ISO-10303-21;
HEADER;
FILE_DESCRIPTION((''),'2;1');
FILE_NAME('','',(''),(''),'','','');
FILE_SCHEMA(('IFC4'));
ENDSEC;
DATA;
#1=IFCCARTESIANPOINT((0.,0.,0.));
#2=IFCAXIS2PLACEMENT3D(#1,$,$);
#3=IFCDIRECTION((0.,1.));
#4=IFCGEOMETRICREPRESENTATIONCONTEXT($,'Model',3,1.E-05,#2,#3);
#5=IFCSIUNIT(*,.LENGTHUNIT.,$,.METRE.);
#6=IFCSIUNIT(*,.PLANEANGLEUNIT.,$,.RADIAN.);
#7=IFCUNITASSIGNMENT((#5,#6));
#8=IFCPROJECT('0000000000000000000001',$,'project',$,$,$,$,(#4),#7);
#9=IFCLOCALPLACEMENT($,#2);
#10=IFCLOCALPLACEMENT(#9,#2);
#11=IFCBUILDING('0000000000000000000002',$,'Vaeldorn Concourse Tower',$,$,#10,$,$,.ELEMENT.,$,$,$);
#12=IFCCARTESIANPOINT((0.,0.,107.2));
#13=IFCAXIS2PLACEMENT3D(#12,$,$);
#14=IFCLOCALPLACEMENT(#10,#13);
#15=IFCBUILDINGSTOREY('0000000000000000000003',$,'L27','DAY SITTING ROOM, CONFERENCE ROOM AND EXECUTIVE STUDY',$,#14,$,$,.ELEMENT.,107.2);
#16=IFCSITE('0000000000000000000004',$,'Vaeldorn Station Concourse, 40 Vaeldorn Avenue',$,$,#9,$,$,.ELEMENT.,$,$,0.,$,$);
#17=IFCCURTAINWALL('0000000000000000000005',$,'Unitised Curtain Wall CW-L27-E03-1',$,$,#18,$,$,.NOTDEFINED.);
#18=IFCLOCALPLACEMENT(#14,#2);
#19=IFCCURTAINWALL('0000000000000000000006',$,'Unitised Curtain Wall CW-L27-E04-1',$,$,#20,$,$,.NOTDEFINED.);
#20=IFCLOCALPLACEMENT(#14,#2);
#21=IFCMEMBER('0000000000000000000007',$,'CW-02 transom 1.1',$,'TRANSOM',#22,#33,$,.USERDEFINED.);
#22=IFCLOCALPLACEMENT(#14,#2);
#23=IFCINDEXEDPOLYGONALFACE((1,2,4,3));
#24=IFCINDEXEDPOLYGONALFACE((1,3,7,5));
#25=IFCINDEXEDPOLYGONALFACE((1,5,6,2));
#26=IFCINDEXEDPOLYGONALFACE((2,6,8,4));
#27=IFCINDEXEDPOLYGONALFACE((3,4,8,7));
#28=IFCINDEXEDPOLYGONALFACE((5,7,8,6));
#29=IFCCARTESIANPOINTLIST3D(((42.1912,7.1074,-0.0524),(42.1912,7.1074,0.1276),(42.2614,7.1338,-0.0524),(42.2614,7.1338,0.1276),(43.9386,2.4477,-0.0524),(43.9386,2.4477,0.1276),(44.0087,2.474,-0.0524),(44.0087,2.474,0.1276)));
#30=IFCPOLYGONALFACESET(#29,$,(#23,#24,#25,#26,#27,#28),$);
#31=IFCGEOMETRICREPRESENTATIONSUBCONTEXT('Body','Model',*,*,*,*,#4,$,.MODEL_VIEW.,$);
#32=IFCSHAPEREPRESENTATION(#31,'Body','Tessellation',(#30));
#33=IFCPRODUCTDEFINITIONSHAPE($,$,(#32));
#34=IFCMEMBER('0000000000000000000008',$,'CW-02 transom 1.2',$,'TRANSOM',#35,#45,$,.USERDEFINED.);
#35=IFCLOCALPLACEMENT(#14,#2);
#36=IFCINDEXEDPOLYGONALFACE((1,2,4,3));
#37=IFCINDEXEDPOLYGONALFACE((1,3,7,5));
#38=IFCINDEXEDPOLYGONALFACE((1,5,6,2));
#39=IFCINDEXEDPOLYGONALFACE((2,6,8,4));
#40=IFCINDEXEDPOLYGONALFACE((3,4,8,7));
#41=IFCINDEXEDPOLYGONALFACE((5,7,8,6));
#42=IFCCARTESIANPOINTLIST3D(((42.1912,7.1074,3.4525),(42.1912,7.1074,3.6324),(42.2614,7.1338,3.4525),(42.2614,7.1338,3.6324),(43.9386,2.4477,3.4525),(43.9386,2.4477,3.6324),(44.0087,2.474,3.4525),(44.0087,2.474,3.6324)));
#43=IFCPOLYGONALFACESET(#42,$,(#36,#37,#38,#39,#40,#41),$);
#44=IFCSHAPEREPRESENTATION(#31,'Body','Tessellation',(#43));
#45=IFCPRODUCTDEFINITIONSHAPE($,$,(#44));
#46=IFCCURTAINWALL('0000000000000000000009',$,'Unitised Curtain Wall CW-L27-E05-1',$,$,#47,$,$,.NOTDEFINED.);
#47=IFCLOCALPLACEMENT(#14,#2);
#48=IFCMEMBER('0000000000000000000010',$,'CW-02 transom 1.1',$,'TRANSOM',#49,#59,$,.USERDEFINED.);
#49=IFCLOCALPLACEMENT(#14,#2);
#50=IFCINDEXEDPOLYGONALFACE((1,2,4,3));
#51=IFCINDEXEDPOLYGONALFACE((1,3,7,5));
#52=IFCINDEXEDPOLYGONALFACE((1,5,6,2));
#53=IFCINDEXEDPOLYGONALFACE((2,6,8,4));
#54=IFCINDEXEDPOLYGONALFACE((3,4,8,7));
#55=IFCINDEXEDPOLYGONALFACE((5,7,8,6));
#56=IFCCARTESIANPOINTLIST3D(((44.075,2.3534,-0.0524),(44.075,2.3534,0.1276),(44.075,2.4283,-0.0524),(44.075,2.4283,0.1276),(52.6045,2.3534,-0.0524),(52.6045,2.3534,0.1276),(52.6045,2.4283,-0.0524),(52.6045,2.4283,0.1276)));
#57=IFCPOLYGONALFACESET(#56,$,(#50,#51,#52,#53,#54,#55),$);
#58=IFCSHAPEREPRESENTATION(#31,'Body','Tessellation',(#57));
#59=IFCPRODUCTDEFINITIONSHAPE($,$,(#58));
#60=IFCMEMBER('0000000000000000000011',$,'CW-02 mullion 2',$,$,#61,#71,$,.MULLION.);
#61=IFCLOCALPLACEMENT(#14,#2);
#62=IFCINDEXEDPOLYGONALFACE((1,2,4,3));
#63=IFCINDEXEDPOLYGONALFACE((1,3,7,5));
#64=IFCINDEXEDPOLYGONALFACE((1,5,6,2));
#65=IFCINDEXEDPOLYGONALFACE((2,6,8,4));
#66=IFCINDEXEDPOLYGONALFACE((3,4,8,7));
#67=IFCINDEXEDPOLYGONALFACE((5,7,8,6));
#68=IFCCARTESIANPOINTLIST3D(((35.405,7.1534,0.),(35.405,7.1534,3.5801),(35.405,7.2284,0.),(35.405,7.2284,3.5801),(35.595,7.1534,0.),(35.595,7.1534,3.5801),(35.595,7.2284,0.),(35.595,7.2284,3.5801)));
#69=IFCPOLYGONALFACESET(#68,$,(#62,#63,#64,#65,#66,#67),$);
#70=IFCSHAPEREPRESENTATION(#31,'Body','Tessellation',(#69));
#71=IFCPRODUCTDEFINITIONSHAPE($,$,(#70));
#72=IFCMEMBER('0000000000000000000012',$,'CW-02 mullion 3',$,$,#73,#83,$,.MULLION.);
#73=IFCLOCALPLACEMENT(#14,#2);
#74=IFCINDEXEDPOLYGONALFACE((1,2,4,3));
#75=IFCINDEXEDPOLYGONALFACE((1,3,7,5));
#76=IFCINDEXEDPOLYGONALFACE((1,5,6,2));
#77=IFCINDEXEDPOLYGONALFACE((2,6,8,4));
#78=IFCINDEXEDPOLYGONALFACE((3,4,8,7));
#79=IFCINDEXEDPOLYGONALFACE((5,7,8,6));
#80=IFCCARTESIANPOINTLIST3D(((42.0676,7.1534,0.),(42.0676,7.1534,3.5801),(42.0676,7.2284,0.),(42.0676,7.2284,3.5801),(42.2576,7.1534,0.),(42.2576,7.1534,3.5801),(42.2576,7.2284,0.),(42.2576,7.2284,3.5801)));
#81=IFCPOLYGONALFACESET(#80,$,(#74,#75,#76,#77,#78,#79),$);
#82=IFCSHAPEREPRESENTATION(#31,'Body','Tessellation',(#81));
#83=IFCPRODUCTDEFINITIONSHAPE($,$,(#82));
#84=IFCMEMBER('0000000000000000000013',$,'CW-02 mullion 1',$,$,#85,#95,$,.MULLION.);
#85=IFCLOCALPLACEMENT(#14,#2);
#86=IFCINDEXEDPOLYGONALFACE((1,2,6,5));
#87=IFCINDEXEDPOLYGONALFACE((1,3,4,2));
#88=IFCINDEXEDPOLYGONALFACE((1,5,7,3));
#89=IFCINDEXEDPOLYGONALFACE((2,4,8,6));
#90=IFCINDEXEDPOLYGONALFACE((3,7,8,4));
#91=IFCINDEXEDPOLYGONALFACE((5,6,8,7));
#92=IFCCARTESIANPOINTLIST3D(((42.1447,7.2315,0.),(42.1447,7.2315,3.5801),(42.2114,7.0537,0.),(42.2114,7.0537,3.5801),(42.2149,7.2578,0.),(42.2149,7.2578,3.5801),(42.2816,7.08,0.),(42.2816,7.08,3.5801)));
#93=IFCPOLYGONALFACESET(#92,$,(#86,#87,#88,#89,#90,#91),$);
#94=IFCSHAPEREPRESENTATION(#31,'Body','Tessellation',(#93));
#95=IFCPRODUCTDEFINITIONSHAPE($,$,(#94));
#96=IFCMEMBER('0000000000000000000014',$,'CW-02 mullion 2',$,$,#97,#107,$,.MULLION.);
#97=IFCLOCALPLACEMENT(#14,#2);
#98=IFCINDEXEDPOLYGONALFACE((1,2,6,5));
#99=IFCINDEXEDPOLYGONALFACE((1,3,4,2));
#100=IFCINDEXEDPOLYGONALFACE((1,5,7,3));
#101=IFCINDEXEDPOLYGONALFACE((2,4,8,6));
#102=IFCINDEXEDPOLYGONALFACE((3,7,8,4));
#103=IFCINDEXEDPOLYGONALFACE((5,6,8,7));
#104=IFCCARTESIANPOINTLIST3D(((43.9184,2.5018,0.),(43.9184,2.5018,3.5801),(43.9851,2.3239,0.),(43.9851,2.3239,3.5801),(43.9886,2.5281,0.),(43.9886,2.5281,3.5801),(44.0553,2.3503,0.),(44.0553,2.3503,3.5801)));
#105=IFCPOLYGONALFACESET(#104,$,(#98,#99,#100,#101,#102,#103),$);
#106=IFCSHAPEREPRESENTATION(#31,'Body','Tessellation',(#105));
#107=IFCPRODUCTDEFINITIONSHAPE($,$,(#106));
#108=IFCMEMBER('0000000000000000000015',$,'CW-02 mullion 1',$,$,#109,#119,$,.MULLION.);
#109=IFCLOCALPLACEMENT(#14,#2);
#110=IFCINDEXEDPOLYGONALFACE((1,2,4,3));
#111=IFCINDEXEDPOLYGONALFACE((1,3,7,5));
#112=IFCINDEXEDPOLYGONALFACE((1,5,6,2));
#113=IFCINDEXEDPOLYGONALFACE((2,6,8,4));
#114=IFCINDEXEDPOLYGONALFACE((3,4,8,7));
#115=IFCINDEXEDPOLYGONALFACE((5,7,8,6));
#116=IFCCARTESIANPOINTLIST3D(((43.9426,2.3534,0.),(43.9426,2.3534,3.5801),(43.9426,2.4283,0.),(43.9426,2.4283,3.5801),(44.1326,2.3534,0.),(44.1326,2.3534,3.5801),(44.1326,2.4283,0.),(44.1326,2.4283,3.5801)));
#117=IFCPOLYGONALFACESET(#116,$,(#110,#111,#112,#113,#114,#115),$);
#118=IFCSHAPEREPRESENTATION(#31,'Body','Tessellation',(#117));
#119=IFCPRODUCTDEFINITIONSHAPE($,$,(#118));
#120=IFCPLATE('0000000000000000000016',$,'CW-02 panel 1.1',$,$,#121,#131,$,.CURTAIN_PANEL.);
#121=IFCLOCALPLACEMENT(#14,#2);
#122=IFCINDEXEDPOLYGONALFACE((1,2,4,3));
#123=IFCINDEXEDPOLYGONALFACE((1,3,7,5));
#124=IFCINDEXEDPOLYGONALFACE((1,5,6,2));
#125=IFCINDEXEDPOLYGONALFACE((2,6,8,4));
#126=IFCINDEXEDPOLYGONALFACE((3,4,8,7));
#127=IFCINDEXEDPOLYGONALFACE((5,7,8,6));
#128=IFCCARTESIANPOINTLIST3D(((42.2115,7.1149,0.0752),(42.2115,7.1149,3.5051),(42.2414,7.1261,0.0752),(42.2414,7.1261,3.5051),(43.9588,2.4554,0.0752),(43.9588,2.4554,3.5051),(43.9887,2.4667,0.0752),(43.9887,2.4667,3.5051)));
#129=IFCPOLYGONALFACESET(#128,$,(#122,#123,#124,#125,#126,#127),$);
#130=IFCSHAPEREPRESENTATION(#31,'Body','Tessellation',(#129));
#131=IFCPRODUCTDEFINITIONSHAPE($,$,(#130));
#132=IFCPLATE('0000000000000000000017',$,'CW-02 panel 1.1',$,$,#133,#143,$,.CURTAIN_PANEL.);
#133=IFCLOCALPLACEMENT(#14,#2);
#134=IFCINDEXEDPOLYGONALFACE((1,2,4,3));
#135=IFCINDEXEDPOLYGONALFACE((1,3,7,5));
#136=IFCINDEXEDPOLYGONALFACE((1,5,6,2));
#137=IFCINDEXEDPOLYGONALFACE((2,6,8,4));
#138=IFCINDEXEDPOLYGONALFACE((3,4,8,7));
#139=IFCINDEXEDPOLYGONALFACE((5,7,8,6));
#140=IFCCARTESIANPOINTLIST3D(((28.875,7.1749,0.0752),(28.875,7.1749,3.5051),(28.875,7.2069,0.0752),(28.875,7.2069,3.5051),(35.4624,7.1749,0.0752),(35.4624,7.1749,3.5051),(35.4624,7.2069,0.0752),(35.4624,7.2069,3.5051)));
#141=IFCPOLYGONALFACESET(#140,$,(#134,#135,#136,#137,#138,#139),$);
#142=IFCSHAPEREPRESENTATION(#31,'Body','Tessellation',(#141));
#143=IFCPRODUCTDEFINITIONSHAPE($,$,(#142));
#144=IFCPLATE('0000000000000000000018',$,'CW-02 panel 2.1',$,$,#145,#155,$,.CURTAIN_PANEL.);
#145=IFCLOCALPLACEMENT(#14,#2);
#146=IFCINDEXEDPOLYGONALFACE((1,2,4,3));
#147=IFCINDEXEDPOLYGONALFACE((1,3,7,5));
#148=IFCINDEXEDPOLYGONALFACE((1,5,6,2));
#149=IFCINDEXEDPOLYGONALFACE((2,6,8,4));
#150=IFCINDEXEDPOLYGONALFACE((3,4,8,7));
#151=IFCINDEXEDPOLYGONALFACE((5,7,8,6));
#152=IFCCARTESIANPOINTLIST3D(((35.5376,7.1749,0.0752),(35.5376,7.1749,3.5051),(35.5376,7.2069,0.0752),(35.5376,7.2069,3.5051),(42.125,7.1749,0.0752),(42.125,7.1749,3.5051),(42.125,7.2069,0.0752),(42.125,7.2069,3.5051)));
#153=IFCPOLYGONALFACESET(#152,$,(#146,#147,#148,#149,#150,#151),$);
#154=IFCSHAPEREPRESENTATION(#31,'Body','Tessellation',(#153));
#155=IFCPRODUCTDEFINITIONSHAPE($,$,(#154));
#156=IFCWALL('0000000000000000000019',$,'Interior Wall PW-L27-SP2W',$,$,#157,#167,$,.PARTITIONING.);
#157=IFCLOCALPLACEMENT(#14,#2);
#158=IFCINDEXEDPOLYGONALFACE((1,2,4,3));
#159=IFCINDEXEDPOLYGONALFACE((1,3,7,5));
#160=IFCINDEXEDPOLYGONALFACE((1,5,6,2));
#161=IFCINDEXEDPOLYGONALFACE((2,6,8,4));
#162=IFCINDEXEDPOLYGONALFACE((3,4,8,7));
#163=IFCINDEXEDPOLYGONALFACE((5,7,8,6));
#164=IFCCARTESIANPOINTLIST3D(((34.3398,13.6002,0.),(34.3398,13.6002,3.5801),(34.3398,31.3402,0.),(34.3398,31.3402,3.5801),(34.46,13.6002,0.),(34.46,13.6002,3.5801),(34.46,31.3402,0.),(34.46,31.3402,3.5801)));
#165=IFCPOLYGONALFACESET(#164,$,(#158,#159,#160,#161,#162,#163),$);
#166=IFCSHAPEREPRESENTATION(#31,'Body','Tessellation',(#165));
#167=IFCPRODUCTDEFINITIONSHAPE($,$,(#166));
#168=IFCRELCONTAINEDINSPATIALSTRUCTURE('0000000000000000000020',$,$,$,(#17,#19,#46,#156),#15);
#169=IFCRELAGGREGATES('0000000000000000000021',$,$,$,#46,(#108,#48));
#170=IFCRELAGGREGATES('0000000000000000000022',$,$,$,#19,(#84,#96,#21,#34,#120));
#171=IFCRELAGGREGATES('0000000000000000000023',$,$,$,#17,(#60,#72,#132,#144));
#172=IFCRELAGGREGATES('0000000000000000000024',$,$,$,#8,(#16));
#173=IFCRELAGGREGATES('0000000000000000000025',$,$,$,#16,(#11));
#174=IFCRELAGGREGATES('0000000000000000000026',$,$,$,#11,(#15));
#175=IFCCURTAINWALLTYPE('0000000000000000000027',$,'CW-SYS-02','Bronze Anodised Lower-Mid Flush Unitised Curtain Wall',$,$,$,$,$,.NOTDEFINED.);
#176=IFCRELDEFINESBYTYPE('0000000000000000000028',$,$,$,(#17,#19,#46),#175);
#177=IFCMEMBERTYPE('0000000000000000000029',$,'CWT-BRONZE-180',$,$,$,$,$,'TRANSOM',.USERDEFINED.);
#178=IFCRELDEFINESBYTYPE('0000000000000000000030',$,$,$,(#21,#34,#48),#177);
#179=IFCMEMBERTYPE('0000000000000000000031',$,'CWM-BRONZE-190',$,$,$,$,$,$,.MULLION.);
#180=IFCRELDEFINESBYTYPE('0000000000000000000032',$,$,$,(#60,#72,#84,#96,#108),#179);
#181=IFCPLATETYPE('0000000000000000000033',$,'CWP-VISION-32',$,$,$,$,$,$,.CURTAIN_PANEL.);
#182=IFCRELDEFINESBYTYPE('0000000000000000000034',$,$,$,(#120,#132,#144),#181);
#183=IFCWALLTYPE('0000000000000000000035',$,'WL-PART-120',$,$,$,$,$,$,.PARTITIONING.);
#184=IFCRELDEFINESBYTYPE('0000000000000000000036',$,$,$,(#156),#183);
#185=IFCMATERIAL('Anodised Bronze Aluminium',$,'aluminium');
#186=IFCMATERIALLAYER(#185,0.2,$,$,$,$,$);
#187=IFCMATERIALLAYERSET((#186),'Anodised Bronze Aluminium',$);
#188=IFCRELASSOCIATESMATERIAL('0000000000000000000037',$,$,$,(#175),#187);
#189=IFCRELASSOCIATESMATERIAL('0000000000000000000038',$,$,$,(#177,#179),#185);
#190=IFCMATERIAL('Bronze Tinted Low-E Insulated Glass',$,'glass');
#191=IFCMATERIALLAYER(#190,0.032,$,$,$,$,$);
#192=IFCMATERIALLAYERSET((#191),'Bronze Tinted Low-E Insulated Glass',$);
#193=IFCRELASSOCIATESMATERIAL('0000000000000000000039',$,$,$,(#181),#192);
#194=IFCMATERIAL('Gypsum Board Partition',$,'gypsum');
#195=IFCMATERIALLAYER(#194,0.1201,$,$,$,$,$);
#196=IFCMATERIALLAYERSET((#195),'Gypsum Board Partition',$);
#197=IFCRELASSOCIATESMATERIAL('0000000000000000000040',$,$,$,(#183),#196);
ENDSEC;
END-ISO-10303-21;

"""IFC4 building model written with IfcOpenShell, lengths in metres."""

from ifc_helpers import new_model, si_unit, direction, frame, frame_2d, origin, origin_2d, place, context, subcontext, project, spatial, rectangle, extrude, source, transform, mapped, material, layer, layer_set, material_profile, profile_set, type_object, element, aggregate, save


model = new_model("IFC4")

# Units and contexts
model_context = context("Model", 3, precision=1e-05, world=origin(), true_north=direction((0.0, 1.0)))
body_context = subcontext(model_context, "Body", "Model", "MODEL_VIEW")
ifc_project = project(units=[si_unit("LENGTHUNIT", "METRE"), si_unit("PLANEANGLEUNIT", "RADIAN")], contexts=[model_context])

# Site, building, storey
site_placement = place(None, origin())
site = spatial("IfcSite", under=ifc_project, at=site_placement, Name="Vaeldorn Station Concourse, 40 Vaeldorn Avenue", CompositionType="ELEMENT", RefElevation=0.0)
building_placement = place(site_placement, origin())
building = spatial("IfcBuilding", under=site, at=building_placement, Name="Vaeldorn Concourse Tower", CompositionType="ELEMENT")
storey_placement = place(building_placement, frame((0.0, 0.0, 107.2)))
storey = spatial("IfcBuildingStorey", under=building, at=storey_placement, Name="L27", Description="DAY SITTING ROOM, CONFERENCE ROOM AND EXECUTIVE STUDY", CompositionType="ELEMENT", Elevation=107.2)

# Curtain walls, members
ifc_material_1 = material(Name="Anodised Bronze Aluminium", Category="aluminium")
ifc_layer_1 = layer(ifc_material_1, 0.2)
ifc_layer_set_1 = layer_set([ifc_layer_1], Name="Anodised Bronze Aluminium")
curtain_wall_type = type_object("IfcCurtainWallType", Name="CW-SYS-02", Description="Bronze Anodised Lower-Mid Flush Unitised Curtain Wall", PredefinedType="NOTDEFINED", material=ifc_layer_set_1)
curtain_wall_1_placement = place(storey_placement, origin())
curtain_wall_1 = element("IfcCurtainWall", 1, at=curtain_wall_1_placement, inside=storey, type_object=curtain_wall_type, Name="Unitised Curtain Wall CW-L27-E03-1", PredefinedType="NOTDEFINED")
ifc_material_profile_1 = material_profile(ifc_material_1, rectangle(XDim=0.075, YDim=0.1799, at=origin_2d()), Name="CWT 75x180")
ifc_profile_set_1 = profile_set([ifc_material_profile_1], Name="Anodised Bronze Aluminium")
member_type_1 = type_object("IfcMemberType", Name="CWT-BRONZE-180", ElementType="TRANSOM", PredefinedType="USERDEFINED", material=ifc_profile_set_1)
curtain_wall_2_placement = place(storey_placement, origin())
curtain_wall_2 = element("IfcCurtainWall", 2, at=curtain_wall_2_placement, inside=storey, type_object=curtain_wall_type, Name="Unitised Curtain Wall CW-L27-E04-1", PredefinedType="NOTDEFINED")
shared_shape_1 = source(origin(), body_context, "Body", "SweptSolid", [
    extrude(rectangle(XDim=0.075, YDim=0.1799, at=origin_2d()), origin(), (0.0, 0.0, 1.0), 4.9766),
])
member_1_placement = place(storey_placement, frame((42.2263, 7.1206, 0.0376), z_axis=(0.351113, -0.936333, 0.0), x_axis=(0.936333, 0.351113, 0.0)))
member_1 = element("IfcMember", 3, at=member_1_placement, type_object=member_type_1, Name="CW-02 transom 1.1", ObjectType="TRANSOM", PredefinedType="USERDEFINED", context=body_context, shape_type="MappedRepresentation", body=[
    mapped(shared_shape_1, transform((0.0, 0.0, 0.0), scale=1.0)),
])
member_2_placement = place(storey_placement, frame((42.2263, 7.1206, 3.5425), z_axis=(0.351113, -0.936333, 0.0), x_axis=(0.936333, 0.351113, 0.0)))
member_2 = element("IfcMember", 4, at=member_2_placement, type_object=member_type_1, Name="CW-02 transom 1.2", ObjectType="TRANSOM", PredefinedType="USERDEFINED", context=body_context, shape_type="MappedRepresentation", body=[
    mapped(shared_shape_1, transform((0.0, 0.0, 0.0), scale=1.0)),
])

# Curtain wall, member
curtain_wall_3_placement = place(storey_placement, origin())
curtain_wall_3 = element("IfcCurtainWall", 5, at=curtain_wall_3_placement, inside=storey, type_object=curtain_wall_type, Name="Unitised Curtain Wall CW-L27-E05-1", PredefinedType="NOTDEFINED")
shared_shape_2 = source(origin(), body_context, "Body", "SweptSolid", [
    extrude(rectangle(XDim=0.075, YDim=0.1799, at=origin_2d()), origin(), (0.0, 0.0, 1.0), 8.5295),
])
member_3_placement = place(storey_placement, frame((44.075, 2.3909, 0.0376), z_axis=(1.0, 0.0, 0.0), x_axis=(0.0, 1.0, 0.0)))
member_3 = element("IfcMember", 6, at=member_3_placement, type_object=member_type_1, Name="CW-02 transom 1.1", ObjectType="TRANSOM", PredefinedType="USERDEFINED", context=body_context, shape_type="MappedRepresentation", body=[
    mapped(shared_shape_2, transform((0.0, 0.0, 0.0), scale=1.0)),
])

# Members
ifc_material_profile_2 = material_profile(ifc_material_1, rectangle(XDim=0.075, YDim=0.1899, at=origin_2d()), Name="CWM 75x190")
ifc_profile_set_2 = profile_set([ifc_material_profile_2], Name="Anodised Bronze Aluminium")
member_type_2 = type_object("IfcMemberType", Name="CWM-BRONZE-190", PredefinedType="MULLION", material=ifc_profile_set_2)
shared_shape_3 = source(origin(), body_context, "Body", "SweptSolid", [
    extrude(rectangle(XDim=0.075, YDim=0.1899, at=origin_2d()), origin(), (0.0, 0.0, 1.0), 3.5801),
])
member_4_placement = place(storey_placement, frame((35.5, 7.1909, 0.0), z_axis=(0.0, 0.0, 1.0), x_axis=(0.0, 1.0, 0.0)))
member_4 = element("IfcMember", 7, at=member_4_placement, type_object=member_type_2, Name="CW-02 mullion 2", PredefinedType="MULLION", context=body_context, shape_type="MappedRepresentation", body=[
    mapped(shared_shape_3, transform((0.0, 0.0, 0.0), scale=1.0)),
])
member_5_placement = place(storey_placement, frame((42.1626, 7.1909, 0.0), z_axis=(0.0, 0.0, 1.0), x_axis=(0.0, 1.0, 0.0)))
member_5 = element("IfcMember", 8, at=member_5_placement, type_object=member_type_2, Name="CW-02 mullion 3", PredefinedType="MULLION", context=body_context, shape_type="MappedRepresentation", body=[
    mapped(shared_shape_3, transform((0.0, 0.0, 0.0), scale=1.0)),
])
member_6_placement = place(storey_placement, frame((42.2131, 7.1558, 0.0), z_axis=(0.0, 0.0, 1.0), x_axis=(0.936329, 0.351123, 0.0)))
member_6 = element("IfcMember", 9, at=member_6_placement, type_object=member_type_2, Name="CW-02 mullion 1", PredefinedType="MULLION", context=body_context, shape_type="MappedRepresentation", body=[
    mapped(shared_shape_3, transform((0.0, 0.0, 0.0), scale=1.0)),
])
member_7_placement = place(storey_placement, frame((43.9868, 2.426, 0.0), z_axis=(0.0, 0.0, 1.0), x_axis=(0.936329, 0.351123, 0.0)))
member_7 = element("IfcMember", 10, at=member_7_placement, type_object=member_type_2, Name="CW-02 mullion 2", PredefinedType="MULLION", context=body_context, shape_type="MappedRepresentation", body=[
    mapped(shared_shape_3, transform((0.0, 0.0, 0.0), scale=1.0)),
])
member_8_placement = place(storey_placement, frame((44.0376, 2.3909, 0.0), z_axis=(0.0, 0.0, 1.0), x_axis=(0.0, 1.0, 0.0)))
member_8 = element("IfcMember", 11, at=member_8_placement, type_object=member_type_2, Name="CW-02 mullion 1", PredefinedType="MULLION", context=body_context, shape_type="MappedRepresentation", body=[
    mapped(shared_shape_3, transform((0.0, 0.0, 0.0), scale=1.0)),
])
aggregate(curtain_wall_3, [member_8, member_3])

# Plates
ifc_material_2 = material(Name="Bronze Tinted Low-E Insulated Glass", Category="glass")
ifc_layer_2 = layer(ifc_material_2, 0.032)
ifc_layer_set_2 = layer_set([ifc_layer_2], Name="Bronze Tinted Low-E Insulated Glass")
plate_type = type_object("IfcPlateType", Name="CWP-VISION-32", PredefinedType="CURTAIN_PANEL", material=ifc_layer_set_2)
shared_shape_4 = source(origin(), body_context, "Body", "SweptSolid", [
    extrude(rectangle(XDim=4.9763, YDim=0.032, at=origin_2d()), origin(), (0.0, 0.0, 1.0), 3.4299),
])
plate_1_placement = place(storey_placement, frame((43.1001, 4.7908, 0.0752), z_axis=(0.0, 0.0, 1.0), x_axis=(0.351123, -0.936329, 0.0)))
plate_1 = element("IfcPlate", 12, at=plate_1_placement, type_object=plate_type, Name="CW-02 panel 1.1", PredefinedType="CURTAIN_PANEL", context=body_context, shape_type="MappedRepresentation", body=[
    mapped(shared_shape_4, transform((0.0, 0.0, 0.0), scale=1.0)),
])
aggregate(curtain_wall_2, [member_6, member_7, member_1, member_2, plate_1])
shared_shape_5 = source(origin(), body_context, "Body", "SweptSolid", [
    extrude(rectangle(XDim=6.5874, YDim=0.032, at=origin_2d()), origin(), (0.0, 0.0, 1.0), 3.4299),
])
plate_2_placement = place(storey_placement, frame((32.1687, 7.1909, 0.0752), z_axis=(0.0, 0.0, 1.0), x_axis=(1.0, 0.0, 0.0)))
plate_2 = element("IfcPlate", 13, at=plate_2_placement, type_object=plate_type, Name="CW-02 panel 1.1", PredefinedType="CURTAIN_PANEL", context=body_context, shape_type="MappedRepresentation", body=[
    mapped(shared_shape_5, transform((0.0, 0.0, 0.0), scale=1.0)),
])
plate_3_placement = place(storey_placement, frame((38.8313, 7.1909, 0.0752), z_axis=(0.0, 0.0, 1.0), x_axis=(1.0, 0.0, 0.0)))
plate_3 = element("IfcPlate", 14, at=plate_3_placement, type_object=plate_type, Name="CW-02 panel 2.1", PredefinedType="CURTAIN_PANEL", context=body_context, shape_type="MappedRepresentation", body=[
    mapped(shared_shape_5, transform((0.0, 0.0, 0.0), scale=1.0)),
])
aggregate(curtain_wall_1, [member_4, member_5, plate_2, plate_3])

# Wall
ifc_material_3 = material(Name="Gypsum Board Partition", Category="gypsum")
ifc_layer_3 = layer(ifc_material_3, 0.1201)
ifc_layer_set_3 = layer_set([ifc_layer_3], Name="Gypsum Board Partition")
wall_type = type_object("IfcWallType", Name="WL-PART-120", PredefinedType="PARTITIONING", material=ifc_layer_set_3)
wall_1_placement = place(storey_placement, frame((34.3999, 13.6001, 0.0), z_axis=(0.0, 0.0, 1.0), x_axis=(0.0, 1.0, 0.0)))
element("IfcWall", 15, at=wall_1_placement, inside=storey, type_object=wall_type, Name="Interior Wall PW-L27-SP2W", PredefinedType="PARTITIONING", context=body_context, shape_type="SweptSolid", body=[
    extrude(rectangle(XDim=17.74, YDim=0.1201, at=frame_2d((8.8701, 0.0))), origin(), (0.0, 0.0, 1.0), 3.5801),
])

save(model, "model.ifc")
